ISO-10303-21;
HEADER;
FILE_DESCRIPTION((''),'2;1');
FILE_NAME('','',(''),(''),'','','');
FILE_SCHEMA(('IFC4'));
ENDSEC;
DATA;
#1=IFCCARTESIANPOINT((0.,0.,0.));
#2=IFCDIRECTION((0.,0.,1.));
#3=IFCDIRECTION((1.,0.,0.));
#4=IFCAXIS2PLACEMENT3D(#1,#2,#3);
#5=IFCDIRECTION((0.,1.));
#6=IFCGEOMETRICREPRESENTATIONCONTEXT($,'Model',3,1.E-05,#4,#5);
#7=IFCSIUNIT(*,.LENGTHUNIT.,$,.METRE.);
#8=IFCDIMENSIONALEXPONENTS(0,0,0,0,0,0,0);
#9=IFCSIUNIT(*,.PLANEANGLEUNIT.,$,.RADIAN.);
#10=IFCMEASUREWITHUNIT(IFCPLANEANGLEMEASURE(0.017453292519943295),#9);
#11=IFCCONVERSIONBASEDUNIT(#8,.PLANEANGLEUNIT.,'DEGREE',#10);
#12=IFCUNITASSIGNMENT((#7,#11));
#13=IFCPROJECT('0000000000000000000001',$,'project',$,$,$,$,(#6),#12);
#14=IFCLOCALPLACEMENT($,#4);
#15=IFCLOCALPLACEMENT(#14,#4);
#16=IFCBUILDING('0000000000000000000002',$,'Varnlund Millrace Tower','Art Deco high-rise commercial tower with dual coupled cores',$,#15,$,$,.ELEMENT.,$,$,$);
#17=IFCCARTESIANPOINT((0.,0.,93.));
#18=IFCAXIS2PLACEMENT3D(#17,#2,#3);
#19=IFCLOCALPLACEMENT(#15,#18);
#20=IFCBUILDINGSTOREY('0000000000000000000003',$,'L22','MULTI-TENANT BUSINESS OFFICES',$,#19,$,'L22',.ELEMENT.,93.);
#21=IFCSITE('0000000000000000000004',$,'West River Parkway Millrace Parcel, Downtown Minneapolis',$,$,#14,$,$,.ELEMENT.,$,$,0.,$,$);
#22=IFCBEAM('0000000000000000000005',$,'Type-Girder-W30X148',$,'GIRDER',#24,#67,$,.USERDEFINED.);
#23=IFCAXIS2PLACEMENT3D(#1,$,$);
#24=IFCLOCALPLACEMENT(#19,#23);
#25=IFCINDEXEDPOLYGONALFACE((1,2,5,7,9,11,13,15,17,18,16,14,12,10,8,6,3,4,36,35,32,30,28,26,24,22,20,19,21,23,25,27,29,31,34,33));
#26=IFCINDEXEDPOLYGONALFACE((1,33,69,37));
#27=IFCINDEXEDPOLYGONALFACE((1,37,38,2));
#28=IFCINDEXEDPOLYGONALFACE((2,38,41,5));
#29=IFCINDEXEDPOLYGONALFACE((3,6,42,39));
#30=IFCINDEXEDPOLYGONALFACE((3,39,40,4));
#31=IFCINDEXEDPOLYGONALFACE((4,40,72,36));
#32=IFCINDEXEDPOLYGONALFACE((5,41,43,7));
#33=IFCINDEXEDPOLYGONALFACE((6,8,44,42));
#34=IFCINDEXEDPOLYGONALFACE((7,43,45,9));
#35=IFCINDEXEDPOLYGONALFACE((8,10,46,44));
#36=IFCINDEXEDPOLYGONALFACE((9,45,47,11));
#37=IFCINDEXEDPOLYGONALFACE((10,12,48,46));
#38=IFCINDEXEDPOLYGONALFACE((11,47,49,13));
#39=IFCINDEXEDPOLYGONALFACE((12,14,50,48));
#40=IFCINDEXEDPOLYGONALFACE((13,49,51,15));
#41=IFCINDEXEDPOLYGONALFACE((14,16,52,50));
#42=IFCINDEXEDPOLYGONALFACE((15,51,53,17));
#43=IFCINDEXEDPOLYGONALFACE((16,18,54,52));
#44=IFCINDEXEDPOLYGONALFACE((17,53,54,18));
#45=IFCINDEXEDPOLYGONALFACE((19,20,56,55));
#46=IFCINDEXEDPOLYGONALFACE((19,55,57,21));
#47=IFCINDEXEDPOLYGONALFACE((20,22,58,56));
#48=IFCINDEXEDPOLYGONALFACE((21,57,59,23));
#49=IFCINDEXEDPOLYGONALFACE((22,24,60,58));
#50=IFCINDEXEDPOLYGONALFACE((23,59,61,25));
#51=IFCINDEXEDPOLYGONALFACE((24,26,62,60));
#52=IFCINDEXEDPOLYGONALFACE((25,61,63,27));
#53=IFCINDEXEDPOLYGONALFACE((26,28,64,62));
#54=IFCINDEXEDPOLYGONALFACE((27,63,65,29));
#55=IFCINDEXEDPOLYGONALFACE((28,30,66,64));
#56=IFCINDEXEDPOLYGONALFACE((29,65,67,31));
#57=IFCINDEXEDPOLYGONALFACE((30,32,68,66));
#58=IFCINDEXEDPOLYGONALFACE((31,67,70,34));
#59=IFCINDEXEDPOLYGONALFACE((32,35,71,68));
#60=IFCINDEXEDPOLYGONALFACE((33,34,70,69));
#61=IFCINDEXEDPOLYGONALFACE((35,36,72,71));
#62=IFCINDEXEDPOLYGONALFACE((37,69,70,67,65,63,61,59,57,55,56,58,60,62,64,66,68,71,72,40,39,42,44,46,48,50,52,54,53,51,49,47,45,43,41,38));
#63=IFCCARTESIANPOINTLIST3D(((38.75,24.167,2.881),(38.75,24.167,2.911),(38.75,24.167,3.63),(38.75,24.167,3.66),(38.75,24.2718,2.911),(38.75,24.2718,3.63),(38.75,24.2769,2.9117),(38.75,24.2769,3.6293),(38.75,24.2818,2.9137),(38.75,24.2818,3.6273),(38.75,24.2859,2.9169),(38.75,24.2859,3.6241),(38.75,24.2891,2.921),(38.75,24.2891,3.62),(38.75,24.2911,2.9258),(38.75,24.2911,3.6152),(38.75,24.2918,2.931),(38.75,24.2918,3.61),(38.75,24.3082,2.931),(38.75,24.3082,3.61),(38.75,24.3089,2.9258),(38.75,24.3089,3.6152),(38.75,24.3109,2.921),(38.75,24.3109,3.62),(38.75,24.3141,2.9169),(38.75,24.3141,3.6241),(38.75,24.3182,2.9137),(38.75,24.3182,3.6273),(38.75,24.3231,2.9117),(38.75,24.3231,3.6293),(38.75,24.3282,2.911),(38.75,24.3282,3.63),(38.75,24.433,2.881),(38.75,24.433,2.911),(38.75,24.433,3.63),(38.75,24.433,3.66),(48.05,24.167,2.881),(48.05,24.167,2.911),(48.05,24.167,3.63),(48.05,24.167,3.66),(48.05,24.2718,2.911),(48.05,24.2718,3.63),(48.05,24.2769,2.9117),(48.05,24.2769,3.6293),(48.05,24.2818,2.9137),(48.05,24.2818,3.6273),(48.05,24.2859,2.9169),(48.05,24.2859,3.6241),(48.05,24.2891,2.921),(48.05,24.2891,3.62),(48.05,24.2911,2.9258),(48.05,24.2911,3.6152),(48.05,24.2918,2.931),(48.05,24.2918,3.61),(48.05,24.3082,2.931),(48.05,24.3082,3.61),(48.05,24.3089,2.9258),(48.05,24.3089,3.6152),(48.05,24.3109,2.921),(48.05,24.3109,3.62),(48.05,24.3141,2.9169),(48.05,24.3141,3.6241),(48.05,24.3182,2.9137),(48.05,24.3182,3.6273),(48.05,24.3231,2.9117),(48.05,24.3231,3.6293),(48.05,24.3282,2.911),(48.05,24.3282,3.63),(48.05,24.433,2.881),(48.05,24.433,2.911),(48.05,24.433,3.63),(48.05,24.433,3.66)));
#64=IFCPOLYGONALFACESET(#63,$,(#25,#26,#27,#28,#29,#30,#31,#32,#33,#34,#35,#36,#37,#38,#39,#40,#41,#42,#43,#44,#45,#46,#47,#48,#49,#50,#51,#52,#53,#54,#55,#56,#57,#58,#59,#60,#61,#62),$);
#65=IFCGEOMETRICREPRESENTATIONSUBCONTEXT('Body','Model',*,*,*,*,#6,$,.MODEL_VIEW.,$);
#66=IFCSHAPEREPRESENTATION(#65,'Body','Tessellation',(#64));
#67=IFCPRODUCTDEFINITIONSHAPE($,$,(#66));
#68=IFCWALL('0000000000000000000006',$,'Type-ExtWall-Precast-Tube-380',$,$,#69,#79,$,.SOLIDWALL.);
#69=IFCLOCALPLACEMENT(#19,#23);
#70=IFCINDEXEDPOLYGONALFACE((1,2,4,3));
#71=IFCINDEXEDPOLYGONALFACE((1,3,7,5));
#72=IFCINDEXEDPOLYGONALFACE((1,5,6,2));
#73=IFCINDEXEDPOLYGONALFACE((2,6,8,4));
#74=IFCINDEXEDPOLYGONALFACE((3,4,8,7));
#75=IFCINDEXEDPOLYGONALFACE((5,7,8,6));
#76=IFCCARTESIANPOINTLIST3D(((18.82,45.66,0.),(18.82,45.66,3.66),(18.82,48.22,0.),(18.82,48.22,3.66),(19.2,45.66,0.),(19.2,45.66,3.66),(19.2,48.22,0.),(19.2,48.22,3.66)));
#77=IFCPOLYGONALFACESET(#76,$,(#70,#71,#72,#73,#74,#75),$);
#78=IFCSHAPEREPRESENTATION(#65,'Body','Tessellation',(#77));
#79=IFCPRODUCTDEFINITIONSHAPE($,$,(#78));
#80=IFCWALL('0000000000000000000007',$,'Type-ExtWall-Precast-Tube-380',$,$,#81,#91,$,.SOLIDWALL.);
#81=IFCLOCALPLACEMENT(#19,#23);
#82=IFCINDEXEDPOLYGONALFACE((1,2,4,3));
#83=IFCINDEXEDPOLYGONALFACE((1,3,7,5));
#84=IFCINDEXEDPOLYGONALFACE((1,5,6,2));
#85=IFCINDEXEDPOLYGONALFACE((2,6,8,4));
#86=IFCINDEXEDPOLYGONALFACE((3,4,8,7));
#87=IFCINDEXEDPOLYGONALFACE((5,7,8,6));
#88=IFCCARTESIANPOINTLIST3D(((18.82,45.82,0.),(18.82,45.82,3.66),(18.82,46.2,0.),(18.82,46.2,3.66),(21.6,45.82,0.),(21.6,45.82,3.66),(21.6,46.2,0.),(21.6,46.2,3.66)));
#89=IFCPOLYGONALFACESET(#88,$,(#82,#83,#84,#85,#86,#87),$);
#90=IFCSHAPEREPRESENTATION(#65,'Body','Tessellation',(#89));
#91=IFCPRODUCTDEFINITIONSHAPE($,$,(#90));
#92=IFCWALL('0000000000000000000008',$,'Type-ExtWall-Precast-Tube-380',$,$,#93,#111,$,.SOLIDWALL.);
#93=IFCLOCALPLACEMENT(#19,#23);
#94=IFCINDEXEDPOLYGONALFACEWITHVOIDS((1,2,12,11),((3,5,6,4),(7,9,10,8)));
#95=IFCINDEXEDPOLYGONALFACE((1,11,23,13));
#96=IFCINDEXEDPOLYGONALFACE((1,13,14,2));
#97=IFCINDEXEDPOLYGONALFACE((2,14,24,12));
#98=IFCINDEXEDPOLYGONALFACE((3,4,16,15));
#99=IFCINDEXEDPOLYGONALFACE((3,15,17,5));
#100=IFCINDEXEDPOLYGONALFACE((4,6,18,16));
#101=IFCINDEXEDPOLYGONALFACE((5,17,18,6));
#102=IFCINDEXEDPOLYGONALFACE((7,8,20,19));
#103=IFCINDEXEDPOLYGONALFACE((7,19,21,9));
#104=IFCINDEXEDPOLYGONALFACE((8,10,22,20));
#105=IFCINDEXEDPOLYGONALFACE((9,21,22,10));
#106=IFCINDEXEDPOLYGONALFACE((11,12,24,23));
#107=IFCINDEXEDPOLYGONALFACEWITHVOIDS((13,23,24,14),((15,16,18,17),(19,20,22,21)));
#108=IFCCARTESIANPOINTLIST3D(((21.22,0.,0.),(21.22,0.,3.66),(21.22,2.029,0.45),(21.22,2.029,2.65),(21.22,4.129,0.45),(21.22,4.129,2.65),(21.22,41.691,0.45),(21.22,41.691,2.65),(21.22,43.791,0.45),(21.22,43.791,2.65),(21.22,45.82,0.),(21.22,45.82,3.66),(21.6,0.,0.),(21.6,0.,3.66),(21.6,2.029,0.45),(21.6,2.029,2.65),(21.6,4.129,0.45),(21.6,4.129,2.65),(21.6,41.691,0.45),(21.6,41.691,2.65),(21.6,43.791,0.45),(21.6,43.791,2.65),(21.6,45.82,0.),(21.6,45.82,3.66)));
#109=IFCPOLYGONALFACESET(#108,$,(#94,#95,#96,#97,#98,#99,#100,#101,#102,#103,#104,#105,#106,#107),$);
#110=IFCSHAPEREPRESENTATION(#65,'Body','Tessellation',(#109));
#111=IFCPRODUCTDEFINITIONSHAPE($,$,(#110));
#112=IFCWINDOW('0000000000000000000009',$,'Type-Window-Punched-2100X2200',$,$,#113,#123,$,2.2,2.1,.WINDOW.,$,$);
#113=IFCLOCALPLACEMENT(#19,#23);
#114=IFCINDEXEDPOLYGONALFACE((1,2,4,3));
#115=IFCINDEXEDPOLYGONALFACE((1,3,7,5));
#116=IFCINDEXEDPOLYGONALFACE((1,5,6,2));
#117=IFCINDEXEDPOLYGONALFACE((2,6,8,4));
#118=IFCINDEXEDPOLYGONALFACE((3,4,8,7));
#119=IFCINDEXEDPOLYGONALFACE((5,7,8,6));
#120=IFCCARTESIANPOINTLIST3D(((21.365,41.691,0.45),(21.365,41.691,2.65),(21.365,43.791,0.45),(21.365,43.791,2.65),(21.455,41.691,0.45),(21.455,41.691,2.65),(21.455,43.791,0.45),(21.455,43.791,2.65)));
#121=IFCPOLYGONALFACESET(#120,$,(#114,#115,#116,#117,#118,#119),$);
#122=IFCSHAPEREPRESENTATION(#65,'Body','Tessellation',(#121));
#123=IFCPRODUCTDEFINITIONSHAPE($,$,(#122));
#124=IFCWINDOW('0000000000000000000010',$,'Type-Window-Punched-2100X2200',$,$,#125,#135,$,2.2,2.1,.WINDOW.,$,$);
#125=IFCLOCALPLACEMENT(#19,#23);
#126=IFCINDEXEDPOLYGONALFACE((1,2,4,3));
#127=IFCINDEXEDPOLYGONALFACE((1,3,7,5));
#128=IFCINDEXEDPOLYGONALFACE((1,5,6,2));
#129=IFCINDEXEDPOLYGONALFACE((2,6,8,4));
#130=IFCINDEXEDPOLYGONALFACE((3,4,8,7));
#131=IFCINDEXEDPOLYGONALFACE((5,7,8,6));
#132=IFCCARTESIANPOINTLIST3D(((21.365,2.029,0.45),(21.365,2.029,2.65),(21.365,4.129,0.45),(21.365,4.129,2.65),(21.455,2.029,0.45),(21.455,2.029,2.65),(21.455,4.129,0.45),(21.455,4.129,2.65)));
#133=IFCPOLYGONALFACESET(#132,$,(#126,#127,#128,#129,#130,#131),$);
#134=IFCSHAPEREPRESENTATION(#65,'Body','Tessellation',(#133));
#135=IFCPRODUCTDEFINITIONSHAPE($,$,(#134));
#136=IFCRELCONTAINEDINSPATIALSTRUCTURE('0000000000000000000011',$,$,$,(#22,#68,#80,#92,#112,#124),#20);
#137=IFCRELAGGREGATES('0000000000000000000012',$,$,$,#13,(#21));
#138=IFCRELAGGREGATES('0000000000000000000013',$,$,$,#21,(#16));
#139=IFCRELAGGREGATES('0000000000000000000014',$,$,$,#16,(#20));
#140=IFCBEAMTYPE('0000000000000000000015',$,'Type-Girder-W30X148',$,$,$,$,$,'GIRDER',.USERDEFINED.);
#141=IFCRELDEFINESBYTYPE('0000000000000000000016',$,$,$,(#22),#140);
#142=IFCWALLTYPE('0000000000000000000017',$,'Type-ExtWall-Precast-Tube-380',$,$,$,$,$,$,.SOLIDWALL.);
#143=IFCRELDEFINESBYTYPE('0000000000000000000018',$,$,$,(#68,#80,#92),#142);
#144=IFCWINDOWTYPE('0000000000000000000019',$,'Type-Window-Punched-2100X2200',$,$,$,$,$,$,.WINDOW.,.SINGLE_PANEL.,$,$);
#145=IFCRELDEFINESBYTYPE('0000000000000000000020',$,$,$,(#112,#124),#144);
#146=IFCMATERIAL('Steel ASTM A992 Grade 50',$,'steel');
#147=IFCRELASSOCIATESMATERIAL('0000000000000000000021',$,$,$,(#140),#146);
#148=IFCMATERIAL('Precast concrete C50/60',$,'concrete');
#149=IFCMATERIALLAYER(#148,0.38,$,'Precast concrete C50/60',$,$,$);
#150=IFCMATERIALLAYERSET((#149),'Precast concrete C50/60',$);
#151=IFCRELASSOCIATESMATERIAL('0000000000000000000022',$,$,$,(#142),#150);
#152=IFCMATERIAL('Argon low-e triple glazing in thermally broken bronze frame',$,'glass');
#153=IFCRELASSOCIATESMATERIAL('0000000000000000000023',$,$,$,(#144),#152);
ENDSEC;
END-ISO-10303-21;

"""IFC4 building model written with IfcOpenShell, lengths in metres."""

from ifc_helpers import new_model, entity, si_unit, converted_unit, direction, frame, origin_with_axes, origin_2d_with_axis, place, context, subcontext, project, spatial, polyline, rectangle, i_section, outline, extrude, material, layer, layer_set, material_profile, profile_set, type_object, element, fill, save


model = new_model("IFC4")

# Units and contexts
model_context = context("Model", 3, precision=1e-05, world=origin_with_axes(), true_north=direction((0.0, 1.0)))
body_context = subcontext(model_context, "Body", "Model", "MODEL_VIEW")
ifc_project = project(units=[si_unit("LENGTHUNIT", "METRE"), converted_unit("PLANEANGLEUNIT", "DEGREE", entity("IfcPlaneAngleMeasure", 0.017453292519943295), si_unit("PLANEANGLEUNIT", "RADIAN"), dimensions=[0, 0, 0, 0, 0, 0, 0])], contexts=[model_context])

# Site, building, storey
site_placement = place(None, origin_with_axes())
site = spatial("IfcSite", under=ifc_project, at=site_placement, Name="West River Parkway Millrace Parcel, Downtown Minneapolis", CompositionType="ELEMENT", RefElevation=0.0)
building_placement = place(site_placement, origin_with_axes())
building = spatial("IfcBuilding", under=site, at=building_placement, Name="Varnlund Millrace Tower", Description="Art Deco high-rise commercial tower with dual coupled cores", CompositionType="ELEMENT")
storey_placement = place(building_placement, frame((0.0, 0.0, 93.0), z_axis=(0.0, 0.0, 1.0), x_axis=(1.0, 0.0, 0.0)))
storey = spatial("IfcBuildingStorey", under=building, at=storey_placement, Name="L22", Description="MULTI-TENANT BUSINESS OFFICES", LongName="L22", CompositionType="ELEMENT", Elevation=93.0)

# Beam
ifc_material_1 = material(Name="Steel ASTM A992 Grade 50", Category="steel")
ifc_material_profile_1 = material_profile(ifc_material_1, i_section(OverallWidth=0.266, OverallDepth=0.779, WebThickness=0.0165, FlangeThickness=0.03, FilletRadius=0.02, at=origin_2d_with_axis()), Name="Steel ASTM A992 Grade 50")
ifc_profile_set_1 = profile_set([ifc_material_profile_1], Name="Steel ASTM A992 Grade 50")
beam_type_1 = type_object("IfcBeamType", Name="Type-Girder-W30X148", ElementType="GIRDER", PredefinedType="USERDEFINED", material=ifc_profile_set_1)
beam_1_placement = place(storey_placement, frame((38.75, 24.3, 3.2705), z_axis=(1.0, 0.0, 0.0), x_axis=(0.0, 1.0, 0.0)))
element("IfcBeam", 1, at=beam_1_placement, inside=storey, type_object=beam_type_1, Name="Type-Girder-W30X148", ObjectType="GIRDER", PredefinedType="USERDEFINED", context=body_context, shape_type="SweptSolid", body=[
    extrude(i_section(OverallWidth=0.266, OverallDepth=0.779, WebThickness=0.0165, FlangeThickness=0.03, FilletRadius=0.02, at=origin_2d_with_axis()), origin_with_axes(), (0.0, 0.0, 1.0), 9.3),
])

# Walls
ifc_material_2 = material(Name="Precast concrete C50/60", Category="concrete")
ifc_layer_1 = layer(ifc_material_2, 0.38, Name="Precast concrete C50/60")
ifc_layer_set_1 = layer_set([ifc_layer_1], Name="Precast concrete C50/60")
wall_type_1 = type_object("IfcWallType", Name="Type-ExtWall-Precast-Tube-380", PredefinedType="SOLIDWALL", material=ifc_layer_set_1)
wall_1_placement = place(storey_placement, frame((19.01, 48.22, 0.0), z_axis=(0.0, 0.0, 1.0), x_axis=(0.0, -1.0, 0.0)))
element("IfcWall", 2, at=wall_1_placement, inside=storey, type_object=wall_type_1, Name="Type-ExtWall-Precast-Tube-380", PredefinedType="SOLIDWALL", context=body_context, shape_type="SweptSolid", body=[
    extrude(outline(polyline([(0.0, -0.19), (2.56, -0.19), (2.56, 0.19), (0.0, 0.19), (0.0, -0.19)])), origin_with_axes(), (0.0, 0.0, 1.0), 3.66),
])
wall_2_placement = place(storey_placement, frame((18.82, 46.01, 0.0), z_axis=(0.0, 0.0, 1.0), x_axis=(1.0, 0.0, 0.0)))
element("IfcWall", 3, at=wall_2_placement, inside=storey, type_object=wall_type_1, Name="Type-ExtWall-Precast-Tube-380", PredefinedType="SOLIDWALL", context=body_context, shape_type="SweptSolid", body=[
    extrude(outline(polyline([(0.0, -0.19), (2.78, -0.19), (2.78, 0.19), (0.0, 0.19), (0.0, -0.19)])), origin_with_axes(), (0.0, 0.0, 1.0), 3.66),
])

# Wall, openings, windows
wall_3_placement = place(storey_placement, frame((21.41, 45.82, 0.0), z_axis=(0.0, 0.0, 1.0), x_axis=(0.0, -1.0, 0.0)))
wall_3 = element("IfcWall", 4, at=wall_3_placement, inside=storey, type_object=wall_type_1, Name="Type-ExtWall-Precast-Tube-380", PredefinedType="SOLIDWALL", context=body_context, shape_type="SweptSolid", body=[
    extrude(outline(polyline([(0.0, -0.19), (45.82, -0.19), (45.82, 0.19), (0.0, 0.19), (0.0, -0.19)])), origin_with_axes(), (0.0, 0.0, 1.0), 3.66),
])
opening_1_placement = place(wall_3_placement, frame((3.079, 0.0, 0.45), z_axis=(0.0, 0.0, 1.0), x_axis=(1.0, 0.0, 0.0)))
opening_1 = element("IfcOpeningElement", 5, at=opening_1_placement, cuts=wall_3, PredefinedType="OPENING", context=body_context, shape_type="SweptSolid", body=[
    extrude(rectangle(XDim=2.1, YDim=0.4, at=origin_2d_with_axis()), origin_with_axes(), (0.0, 0.0, 1.0), 2.2),
])
opening_2_placement = place(wall_3_placement, frame((42.741, 0.0, 0.45), z_axis=(0.0, 0.0, 1.0), x_axis=(1.0, 0.0, 0.0)))
opening_2 = element("IfcOpeningElement", 6, at=opening_2_placement, cuts=wall_3, PredefinedType="OPENING", context=body_context, shape_type="SweptSolid", body=[
    extrude(rectangle(XDim=2.1, YDim=0.4, at=origin_2d_with_axis()), origin_with_axes(), (0.0, 0.0, 1.0), 2.2),
])
ifc_material_3 = material(Name="Argon low-e triple glazing in thermally broken bronze frame", Category="glass")
window_type = type_object("IfcWindowType", Name="Type-Window-Punched-2100X2200", PartitioningType="SINGLE_PANEL", PredefinedType="WINDOW", material=ifc_material_3)
window_1_placement = place(wall_3_placement, frame((3.079, 0.0, 0.45), z_axis=(0.0, 0.0, 1.0), x_axis=(1.0, 0.0, 0.0)))
window_1 = element("IfcWindow", 7, at=window_1_placement, inside=storey, type_object=window_type, Name="Type-Window-Punched-2100X2200", OverallHeight=2.2, OverallWidth=2.1, PredefinedType="WINDOW", context=body_context, shape_type="SweptSolid", body=[
    extrude(rectangle(XDim=2.1, YDim=0.09, at=origin_2d_with_axis()), origin_with_axes(), (0.0, 0.0, 1.0), 2.2),
])
fill(opening_1, window_1)
window_2_placement = place(wall_3_placement, frame((42.741, 0.0, 0.45), z_axis=(0.0, 0.0, 1.0), x_axis=(1.0, 0.0, 0.0)))
window_2 = element("IfcWindow", 8, at=window_2_placement, inside=storey, type_object=window_type, Name="Type-Window-Punched-2100X2200", OverallHeight=2.2, OverallWidth=2.1, PredefinedType="WINDOW", context=body_context, shape_type="SweptSolid", body=[
    extrude(rectangle(XDim=2.1, YDim=0.09, at=origin_2d_with_axis()), origin_with_axes(), (0.0, 0.0, 1.0), 2.2),
])
fill(opening_2, window_2)

save(model, "model.ifc")
